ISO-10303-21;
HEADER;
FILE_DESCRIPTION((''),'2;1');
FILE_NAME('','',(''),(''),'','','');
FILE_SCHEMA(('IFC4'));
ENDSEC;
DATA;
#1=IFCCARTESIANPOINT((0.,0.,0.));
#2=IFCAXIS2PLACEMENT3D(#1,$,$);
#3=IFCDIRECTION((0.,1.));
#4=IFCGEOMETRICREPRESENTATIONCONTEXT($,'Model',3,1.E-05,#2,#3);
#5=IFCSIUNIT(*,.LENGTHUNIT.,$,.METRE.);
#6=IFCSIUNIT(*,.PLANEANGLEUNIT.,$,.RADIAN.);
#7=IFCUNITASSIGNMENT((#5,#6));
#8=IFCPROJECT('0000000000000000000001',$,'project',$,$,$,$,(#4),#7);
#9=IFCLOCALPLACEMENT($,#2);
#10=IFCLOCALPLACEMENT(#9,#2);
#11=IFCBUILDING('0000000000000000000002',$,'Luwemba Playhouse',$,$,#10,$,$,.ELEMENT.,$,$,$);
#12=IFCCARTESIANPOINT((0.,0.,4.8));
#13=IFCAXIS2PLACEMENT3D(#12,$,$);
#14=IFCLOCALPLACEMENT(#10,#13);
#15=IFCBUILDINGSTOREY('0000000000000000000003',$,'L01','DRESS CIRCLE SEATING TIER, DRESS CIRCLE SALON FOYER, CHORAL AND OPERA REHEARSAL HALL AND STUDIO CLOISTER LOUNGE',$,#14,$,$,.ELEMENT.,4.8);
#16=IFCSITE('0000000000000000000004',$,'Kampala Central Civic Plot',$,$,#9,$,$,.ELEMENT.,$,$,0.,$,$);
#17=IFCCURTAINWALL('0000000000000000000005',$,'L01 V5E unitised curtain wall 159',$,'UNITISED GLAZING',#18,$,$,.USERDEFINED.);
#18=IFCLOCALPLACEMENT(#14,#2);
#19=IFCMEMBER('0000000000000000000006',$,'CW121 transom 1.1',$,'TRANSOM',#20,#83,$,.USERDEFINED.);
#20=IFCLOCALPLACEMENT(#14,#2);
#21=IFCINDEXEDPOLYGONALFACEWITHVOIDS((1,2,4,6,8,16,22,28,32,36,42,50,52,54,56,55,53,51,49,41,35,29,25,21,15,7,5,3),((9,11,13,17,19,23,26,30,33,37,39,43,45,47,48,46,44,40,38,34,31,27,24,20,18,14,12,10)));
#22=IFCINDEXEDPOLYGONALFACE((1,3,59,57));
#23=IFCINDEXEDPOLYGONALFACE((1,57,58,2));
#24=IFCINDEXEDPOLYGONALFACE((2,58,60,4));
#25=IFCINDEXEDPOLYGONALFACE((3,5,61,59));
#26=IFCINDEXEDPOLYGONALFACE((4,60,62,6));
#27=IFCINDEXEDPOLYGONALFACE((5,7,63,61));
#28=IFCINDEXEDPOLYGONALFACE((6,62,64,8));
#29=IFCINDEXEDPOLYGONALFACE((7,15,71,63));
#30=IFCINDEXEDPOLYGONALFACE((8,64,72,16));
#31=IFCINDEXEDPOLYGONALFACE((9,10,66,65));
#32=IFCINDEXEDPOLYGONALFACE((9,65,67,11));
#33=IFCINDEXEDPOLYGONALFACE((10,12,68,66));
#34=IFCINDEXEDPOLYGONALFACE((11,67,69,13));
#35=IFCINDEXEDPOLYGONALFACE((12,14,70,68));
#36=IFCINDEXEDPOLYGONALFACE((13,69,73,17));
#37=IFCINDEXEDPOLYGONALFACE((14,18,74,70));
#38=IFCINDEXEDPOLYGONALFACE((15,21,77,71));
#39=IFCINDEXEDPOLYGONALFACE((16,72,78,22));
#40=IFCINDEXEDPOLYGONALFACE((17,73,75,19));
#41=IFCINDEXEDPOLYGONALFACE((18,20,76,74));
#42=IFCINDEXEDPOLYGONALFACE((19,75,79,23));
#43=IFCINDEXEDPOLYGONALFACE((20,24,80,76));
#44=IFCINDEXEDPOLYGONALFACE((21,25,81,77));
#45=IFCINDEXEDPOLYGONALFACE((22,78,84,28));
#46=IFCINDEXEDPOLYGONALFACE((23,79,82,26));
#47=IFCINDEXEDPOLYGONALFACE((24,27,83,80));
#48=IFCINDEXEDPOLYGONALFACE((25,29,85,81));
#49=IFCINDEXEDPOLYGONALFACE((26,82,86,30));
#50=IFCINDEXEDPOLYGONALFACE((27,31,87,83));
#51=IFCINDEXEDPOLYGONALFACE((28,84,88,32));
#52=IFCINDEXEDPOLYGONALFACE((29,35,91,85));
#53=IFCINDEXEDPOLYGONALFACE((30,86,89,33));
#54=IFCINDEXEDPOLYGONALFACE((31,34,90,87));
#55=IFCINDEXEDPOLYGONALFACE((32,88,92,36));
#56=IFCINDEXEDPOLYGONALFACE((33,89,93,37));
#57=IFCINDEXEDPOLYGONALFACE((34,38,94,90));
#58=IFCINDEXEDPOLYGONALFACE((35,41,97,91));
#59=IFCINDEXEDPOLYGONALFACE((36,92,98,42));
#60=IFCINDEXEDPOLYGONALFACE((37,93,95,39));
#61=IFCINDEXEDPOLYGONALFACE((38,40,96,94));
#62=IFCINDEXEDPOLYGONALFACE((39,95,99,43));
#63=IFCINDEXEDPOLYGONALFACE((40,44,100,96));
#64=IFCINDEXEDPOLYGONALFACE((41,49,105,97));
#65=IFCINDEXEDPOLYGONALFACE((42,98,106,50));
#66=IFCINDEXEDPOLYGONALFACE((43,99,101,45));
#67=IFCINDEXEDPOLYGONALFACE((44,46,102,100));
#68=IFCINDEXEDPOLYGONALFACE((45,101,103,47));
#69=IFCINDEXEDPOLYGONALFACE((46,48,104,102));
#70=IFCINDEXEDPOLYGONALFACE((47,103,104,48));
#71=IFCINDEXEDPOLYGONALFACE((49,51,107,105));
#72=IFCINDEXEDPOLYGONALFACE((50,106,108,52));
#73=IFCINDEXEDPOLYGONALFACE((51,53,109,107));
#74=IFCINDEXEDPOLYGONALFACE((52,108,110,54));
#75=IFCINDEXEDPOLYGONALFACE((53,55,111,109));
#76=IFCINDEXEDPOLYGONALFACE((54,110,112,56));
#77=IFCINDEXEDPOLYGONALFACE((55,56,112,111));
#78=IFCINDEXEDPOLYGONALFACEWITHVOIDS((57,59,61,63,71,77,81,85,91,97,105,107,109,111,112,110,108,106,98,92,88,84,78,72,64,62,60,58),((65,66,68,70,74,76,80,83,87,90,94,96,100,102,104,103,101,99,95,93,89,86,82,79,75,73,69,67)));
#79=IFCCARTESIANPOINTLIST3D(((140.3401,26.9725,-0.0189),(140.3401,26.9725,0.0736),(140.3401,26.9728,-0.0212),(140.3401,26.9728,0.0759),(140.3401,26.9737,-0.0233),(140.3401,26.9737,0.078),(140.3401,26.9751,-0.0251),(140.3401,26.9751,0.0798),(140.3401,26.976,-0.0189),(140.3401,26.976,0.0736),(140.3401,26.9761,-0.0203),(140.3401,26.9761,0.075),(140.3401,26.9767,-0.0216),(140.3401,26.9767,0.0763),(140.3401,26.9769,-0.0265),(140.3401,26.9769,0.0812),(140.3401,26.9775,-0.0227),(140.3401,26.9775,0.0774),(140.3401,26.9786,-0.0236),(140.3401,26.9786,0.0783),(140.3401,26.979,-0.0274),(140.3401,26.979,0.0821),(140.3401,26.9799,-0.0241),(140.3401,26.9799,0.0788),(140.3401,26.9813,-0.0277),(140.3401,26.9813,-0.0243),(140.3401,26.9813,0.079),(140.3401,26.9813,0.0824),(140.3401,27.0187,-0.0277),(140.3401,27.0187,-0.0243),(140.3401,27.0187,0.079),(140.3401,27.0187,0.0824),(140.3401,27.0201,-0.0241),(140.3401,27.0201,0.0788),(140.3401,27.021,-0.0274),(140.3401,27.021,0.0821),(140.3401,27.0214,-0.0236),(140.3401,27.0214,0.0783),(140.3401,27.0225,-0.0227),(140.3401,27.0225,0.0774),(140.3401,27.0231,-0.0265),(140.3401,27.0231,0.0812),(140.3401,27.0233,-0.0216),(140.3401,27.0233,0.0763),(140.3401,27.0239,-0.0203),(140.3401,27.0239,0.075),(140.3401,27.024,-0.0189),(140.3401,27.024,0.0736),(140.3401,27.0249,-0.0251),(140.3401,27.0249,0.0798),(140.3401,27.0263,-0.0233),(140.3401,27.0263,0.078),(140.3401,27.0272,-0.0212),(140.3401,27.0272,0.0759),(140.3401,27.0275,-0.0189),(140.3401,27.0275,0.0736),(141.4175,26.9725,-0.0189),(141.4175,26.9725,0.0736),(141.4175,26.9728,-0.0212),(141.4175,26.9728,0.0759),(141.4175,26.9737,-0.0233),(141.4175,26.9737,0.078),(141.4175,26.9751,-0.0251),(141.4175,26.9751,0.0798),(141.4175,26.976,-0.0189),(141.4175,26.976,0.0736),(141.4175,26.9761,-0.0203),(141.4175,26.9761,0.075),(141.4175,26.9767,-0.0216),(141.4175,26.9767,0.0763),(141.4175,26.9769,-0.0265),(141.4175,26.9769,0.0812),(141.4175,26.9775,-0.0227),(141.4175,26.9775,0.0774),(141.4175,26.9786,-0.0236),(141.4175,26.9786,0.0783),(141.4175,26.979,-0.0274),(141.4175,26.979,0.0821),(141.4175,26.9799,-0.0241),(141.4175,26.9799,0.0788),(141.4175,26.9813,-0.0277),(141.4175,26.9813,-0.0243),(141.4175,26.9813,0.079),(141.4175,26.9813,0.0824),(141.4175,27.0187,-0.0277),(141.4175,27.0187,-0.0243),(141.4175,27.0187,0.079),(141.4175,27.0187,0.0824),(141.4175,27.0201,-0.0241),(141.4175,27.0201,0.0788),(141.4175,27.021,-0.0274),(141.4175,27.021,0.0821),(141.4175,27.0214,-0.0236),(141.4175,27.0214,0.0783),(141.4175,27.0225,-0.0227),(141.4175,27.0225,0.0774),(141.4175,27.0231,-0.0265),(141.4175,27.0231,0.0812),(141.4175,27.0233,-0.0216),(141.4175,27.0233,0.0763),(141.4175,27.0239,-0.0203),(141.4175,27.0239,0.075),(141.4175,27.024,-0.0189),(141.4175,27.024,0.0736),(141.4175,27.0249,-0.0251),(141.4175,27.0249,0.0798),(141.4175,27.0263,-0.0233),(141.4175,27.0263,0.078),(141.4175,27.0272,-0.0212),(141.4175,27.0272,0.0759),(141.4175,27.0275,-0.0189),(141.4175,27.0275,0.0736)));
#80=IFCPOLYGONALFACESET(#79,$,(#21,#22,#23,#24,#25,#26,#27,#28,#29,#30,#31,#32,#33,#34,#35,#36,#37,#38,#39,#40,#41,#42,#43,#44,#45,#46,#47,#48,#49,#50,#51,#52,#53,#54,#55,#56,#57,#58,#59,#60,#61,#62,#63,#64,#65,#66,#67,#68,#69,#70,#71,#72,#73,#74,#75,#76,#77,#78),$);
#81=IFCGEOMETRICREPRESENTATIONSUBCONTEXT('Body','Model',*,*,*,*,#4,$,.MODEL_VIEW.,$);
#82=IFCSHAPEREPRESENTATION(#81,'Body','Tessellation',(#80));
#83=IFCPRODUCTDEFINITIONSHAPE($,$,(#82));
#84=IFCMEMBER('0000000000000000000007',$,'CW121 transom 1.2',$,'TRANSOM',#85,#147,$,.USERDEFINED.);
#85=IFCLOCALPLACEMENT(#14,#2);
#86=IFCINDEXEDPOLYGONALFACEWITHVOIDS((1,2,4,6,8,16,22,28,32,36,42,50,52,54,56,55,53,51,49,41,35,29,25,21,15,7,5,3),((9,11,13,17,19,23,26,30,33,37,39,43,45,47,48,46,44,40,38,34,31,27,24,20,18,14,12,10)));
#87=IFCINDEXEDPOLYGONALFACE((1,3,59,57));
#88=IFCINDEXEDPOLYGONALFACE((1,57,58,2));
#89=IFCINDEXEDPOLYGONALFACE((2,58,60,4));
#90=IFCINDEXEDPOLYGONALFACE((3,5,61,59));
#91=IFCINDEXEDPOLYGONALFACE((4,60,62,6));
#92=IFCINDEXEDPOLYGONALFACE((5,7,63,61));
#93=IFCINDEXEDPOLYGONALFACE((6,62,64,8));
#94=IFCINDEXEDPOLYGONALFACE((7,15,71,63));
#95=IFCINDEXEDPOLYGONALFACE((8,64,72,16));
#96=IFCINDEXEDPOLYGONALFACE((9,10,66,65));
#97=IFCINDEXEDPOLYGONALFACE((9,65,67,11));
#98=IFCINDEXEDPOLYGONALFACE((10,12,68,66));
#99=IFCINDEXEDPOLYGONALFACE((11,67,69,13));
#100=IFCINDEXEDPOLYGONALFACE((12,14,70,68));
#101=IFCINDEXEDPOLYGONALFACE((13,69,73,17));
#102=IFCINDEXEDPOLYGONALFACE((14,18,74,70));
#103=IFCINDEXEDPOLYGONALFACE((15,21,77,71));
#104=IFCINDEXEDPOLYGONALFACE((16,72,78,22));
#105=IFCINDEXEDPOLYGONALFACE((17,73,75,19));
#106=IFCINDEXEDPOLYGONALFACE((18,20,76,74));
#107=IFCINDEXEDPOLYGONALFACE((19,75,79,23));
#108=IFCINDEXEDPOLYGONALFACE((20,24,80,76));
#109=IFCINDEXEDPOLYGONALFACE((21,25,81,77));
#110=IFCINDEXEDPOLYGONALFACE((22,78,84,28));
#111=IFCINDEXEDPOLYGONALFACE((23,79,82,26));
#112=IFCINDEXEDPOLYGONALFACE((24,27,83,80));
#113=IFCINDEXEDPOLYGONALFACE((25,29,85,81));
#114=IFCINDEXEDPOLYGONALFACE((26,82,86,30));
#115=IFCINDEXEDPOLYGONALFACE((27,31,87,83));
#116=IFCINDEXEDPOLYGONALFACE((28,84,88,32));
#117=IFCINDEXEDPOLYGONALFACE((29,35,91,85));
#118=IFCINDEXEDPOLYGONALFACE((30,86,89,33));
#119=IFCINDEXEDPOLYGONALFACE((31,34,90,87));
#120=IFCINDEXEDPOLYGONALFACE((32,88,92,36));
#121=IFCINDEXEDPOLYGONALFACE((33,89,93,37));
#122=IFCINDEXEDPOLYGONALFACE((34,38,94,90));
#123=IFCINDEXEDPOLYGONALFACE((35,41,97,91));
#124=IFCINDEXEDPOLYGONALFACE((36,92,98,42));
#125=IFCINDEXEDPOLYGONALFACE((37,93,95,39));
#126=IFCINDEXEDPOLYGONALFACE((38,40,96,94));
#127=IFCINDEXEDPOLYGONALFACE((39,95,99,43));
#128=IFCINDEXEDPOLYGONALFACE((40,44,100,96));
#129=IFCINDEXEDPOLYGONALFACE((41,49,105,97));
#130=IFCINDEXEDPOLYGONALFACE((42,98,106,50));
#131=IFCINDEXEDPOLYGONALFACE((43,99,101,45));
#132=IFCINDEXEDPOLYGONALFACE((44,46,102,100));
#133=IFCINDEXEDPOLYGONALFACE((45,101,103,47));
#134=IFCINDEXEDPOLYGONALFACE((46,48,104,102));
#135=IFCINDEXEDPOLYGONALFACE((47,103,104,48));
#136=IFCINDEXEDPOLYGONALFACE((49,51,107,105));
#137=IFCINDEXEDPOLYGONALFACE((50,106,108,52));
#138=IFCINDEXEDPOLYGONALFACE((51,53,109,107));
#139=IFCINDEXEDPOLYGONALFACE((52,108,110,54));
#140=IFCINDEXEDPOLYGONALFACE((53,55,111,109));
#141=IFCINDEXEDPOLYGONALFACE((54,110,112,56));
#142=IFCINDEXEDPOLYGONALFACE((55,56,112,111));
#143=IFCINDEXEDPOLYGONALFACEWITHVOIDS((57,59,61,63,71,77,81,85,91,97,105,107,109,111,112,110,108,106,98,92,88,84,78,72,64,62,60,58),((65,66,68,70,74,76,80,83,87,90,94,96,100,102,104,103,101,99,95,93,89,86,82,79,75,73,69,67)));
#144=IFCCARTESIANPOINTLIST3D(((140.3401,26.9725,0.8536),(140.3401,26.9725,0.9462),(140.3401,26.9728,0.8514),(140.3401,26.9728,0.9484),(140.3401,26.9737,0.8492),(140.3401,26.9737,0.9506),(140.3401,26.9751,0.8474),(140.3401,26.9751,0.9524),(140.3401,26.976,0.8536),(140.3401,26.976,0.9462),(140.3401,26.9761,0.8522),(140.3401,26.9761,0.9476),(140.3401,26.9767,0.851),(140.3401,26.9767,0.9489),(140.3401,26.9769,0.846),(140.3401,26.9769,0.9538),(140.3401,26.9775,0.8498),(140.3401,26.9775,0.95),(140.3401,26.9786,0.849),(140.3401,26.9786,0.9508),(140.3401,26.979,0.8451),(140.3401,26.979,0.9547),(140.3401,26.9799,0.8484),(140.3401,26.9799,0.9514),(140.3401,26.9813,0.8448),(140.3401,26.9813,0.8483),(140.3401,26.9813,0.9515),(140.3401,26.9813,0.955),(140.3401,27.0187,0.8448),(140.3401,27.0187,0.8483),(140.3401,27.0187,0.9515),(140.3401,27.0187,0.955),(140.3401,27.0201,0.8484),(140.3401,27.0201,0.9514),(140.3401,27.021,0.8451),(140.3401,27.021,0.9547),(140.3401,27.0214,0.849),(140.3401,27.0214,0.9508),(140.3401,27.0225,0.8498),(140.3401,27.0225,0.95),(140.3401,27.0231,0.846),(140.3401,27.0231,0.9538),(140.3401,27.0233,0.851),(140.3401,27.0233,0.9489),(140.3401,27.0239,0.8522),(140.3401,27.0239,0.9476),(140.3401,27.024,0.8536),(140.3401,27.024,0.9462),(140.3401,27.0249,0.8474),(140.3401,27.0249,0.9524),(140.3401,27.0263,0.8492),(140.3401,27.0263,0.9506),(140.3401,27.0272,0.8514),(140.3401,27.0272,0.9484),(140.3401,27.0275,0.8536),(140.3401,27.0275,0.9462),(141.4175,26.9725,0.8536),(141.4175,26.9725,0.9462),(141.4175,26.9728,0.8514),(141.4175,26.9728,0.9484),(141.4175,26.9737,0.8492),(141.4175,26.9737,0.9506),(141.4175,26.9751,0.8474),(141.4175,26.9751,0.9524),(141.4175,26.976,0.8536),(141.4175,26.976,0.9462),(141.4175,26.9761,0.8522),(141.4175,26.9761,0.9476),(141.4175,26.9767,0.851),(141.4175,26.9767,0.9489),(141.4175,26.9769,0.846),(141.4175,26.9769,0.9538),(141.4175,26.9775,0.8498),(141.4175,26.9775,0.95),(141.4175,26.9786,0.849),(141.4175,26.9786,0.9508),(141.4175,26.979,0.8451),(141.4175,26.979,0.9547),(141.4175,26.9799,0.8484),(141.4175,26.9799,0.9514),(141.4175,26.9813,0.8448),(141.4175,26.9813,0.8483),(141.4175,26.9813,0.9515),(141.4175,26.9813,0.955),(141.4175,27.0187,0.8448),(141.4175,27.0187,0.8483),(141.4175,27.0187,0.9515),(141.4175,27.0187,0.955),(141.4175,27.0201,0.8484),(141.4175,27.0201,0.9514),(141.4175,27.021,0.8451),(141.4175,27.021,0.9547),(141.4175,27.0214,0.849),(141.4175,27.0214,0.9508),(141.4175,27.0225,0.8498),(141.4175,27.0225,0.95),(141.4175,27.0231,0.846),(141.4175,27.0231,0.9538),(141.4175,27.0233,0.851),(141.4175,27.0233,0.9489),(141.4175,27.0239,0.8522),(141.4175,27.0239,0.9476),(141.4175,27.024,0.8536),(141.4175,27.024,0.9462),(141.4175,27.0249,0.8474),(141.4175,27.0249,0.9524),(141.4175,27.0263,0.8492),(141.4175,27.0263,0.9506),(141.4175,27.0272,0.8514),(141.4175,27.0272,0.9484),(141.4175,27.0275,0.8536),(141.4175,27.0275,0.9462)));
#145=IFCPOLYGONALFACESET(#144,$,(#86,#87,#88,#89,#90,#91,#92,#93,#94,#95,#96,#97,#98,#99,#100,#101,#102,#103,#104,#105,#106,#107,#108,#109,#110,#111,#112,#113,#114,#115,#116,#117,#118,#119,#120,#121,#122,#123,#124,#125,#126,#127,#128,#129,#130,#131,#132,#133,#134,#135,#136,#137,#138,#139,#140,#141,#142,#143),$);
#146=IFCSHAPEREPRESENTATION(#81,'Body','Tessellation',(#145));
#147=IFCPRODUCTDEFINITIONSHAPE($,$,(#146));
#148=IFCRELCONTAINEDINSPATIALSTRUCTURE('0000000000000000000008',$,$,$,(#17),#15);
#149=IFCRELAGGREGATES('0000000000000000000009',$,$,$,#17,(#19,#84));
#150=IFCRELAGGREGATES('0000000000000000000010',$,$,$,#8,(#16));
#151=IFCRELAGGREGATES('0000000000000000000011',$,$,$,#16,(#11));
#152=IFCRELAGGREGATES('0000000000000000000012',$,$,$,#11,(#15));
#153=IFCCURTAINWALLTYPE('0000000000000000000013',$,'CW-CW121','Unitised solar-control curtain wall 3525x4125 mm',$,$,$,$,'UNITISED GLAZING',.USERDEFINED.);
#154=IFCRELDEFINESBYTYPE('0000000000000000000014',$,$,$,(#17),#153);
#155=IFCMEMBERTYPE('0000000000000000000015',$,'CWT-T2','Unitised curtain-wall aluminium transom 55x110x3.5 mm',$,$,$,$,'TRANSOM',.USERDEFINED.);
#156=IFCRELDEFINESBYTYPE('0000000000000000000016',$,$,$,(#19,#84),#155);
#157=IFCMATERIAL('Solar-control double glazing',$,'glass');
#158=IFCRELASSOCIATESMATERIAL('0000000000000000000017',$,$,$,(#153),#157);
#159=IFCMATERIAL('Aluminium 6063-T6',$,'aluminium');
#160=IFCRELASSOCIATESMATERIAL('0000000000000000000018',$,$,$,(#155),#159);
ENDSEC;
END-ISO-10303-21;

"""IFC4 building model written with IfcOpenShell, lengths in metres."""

from ifc_helpers import new_model, si_unit, direction, frame, origin, origin_2d, place, context, subcontext, project, spatial, hollow_rectangle, extrude, material, material_profile, profile_set, type_object, element, aggregate, save


model = new_model("IFC4")

# Units and contexts
model_context = context("Model", 3, precision=1e-05, world=origin(), true_north=direction((0.0, 1.0)))
body_context = subcontext(model_context, "Body", "Model", "MODEL_VIEW")
ifc_project = project(units=[si_unit("LENGTHUNIT", "METRE"), si_unit("PLANEANGLEUNIT", "RADIAN")], contexts=[model_context])

# Site, building, storey
site_placement = place(None, origin())
site = spatial("IfcSite", under=ifc_project, at=site_placement, Name="Kampala Central Civic Plot", CompositionType="ELEMENT", RefElevation=0.0)
building_placement = place(site_placement, origin())
building = spatial("IfcBuilding", under=site, at=building_placement, Name="Luwemba Playhouse", CompositionType="ELEMENT")
storey_placement = place(building_placement, frame((0.0, 0.0, 4.8)))
storey = spatial("IfcBuildingStorey", under=building, at=storey_placement, Name="L01", Description="DRESS CIRCLE SEATING TIER, DRESS CIRCLE SALON FOYER, CHORAL AND OPERA REHEARSAL HALL AND STUDIO CLOISTER LOUNGE", CompositionType="ELEMENT", Elevation=4.8)

# Curtain wall, members
ifc_material_1 = material(Name="Solar-control double glazing", Category="glass")
curtain_wall_type = type_object("IfcCurtainWallType", Name="CW-CW121", Description="Unitised solar-control curtain wall 3525x4125 mm", ElementType="UNITISED GLAZING", PredefinedType="USERDEFINED", material=ifc_material_1)
curtain_wall_placement = place(storey_placement, origin())
curtain_wall = element("IfcCurtainWall", 1, at=curtain_wall_placement, inside=storey, type_object=curtain_wall_type, Name="L01 V5E unitised curtain wall 159", ObjectType="UNITISED GLAZING", PredefinedType="USERDEFINED")
ifc_material_2 = material(Name="Aluminium 6063-T6", Category="aluminium")
ifc_material_profile_1 = material_profile(ifc_material_2, hollow_rectangle(XDim=0.0549, YDim=0.1101, WallThickness=0.0034, InnerFilletRadius=0.0054, OuterFilletRadius=0.0088, at=origin_2d()))
ifc_profile_set_1 = profile_set([ifc_material_profile_1], Name="Aluminium 6063-T6")
member_type_1 = type_object("IfcMemberType", Name="CWT-T2", Description="Unitised curtain-wall aluminium transom 55x110x3.5 mm", ElementType="TRANSOM", PredefinedType="USERDEFINED", material=ifc_profile_set_1)
member_1_placement = place(storey_placement, frame((140.3401, 27.0, 0.0273), z_axis=(1.0, 0.0, 0.0), x_axis=(0.0, 1.0, 0.0)))
member_1 = element("IfcMember", 2, at=member_1_placement, type_object=member_type_1, Name="CW121 transom 1.1", ObjectType="TRANSOM", PredefinedType="USERDEFINED", context=body_context, shape_type="SweptSolid", body=[
    extrude(hollow_rectangle(XDim=0.0549, YDim=0.1101, WallThickness=0.0034, InnerFilletRadius=0.0054, OuterFilletRadius=0.0088, at=origin_2d()), origin(), (0.0, 0.0, 1.0), 1.0774),
])
member_2_placement = place(storey_placement, frame((140.3401, 27.0, 0.8999), z_axis=(1.0, 0.0, 0.0), x_axis=(0.0, 1.0, 0.0)))
member_2 = element("IfcMember", 3, at=member_2_placement, type_object=member_type_1, Name="CW121 transom 1.2", ObjectType="TRANSOM", PredefinedType="USERDEFINED", context=body_context, shape_type="SweptSolid", body=[
    extrude(hollow_rectangle(XDim=0.0549, YDim=0.1101, WallThickness=0.0034, InnerFilletRadius=0.0054, OuterFilletRadius=0.0088, at=origin_2d()), origin(), (0.0, 0.0, 1.0), 1.0774),
])

aggregate(curtain_wall, [member_1, member_2])

save(model, "model.ifc")
